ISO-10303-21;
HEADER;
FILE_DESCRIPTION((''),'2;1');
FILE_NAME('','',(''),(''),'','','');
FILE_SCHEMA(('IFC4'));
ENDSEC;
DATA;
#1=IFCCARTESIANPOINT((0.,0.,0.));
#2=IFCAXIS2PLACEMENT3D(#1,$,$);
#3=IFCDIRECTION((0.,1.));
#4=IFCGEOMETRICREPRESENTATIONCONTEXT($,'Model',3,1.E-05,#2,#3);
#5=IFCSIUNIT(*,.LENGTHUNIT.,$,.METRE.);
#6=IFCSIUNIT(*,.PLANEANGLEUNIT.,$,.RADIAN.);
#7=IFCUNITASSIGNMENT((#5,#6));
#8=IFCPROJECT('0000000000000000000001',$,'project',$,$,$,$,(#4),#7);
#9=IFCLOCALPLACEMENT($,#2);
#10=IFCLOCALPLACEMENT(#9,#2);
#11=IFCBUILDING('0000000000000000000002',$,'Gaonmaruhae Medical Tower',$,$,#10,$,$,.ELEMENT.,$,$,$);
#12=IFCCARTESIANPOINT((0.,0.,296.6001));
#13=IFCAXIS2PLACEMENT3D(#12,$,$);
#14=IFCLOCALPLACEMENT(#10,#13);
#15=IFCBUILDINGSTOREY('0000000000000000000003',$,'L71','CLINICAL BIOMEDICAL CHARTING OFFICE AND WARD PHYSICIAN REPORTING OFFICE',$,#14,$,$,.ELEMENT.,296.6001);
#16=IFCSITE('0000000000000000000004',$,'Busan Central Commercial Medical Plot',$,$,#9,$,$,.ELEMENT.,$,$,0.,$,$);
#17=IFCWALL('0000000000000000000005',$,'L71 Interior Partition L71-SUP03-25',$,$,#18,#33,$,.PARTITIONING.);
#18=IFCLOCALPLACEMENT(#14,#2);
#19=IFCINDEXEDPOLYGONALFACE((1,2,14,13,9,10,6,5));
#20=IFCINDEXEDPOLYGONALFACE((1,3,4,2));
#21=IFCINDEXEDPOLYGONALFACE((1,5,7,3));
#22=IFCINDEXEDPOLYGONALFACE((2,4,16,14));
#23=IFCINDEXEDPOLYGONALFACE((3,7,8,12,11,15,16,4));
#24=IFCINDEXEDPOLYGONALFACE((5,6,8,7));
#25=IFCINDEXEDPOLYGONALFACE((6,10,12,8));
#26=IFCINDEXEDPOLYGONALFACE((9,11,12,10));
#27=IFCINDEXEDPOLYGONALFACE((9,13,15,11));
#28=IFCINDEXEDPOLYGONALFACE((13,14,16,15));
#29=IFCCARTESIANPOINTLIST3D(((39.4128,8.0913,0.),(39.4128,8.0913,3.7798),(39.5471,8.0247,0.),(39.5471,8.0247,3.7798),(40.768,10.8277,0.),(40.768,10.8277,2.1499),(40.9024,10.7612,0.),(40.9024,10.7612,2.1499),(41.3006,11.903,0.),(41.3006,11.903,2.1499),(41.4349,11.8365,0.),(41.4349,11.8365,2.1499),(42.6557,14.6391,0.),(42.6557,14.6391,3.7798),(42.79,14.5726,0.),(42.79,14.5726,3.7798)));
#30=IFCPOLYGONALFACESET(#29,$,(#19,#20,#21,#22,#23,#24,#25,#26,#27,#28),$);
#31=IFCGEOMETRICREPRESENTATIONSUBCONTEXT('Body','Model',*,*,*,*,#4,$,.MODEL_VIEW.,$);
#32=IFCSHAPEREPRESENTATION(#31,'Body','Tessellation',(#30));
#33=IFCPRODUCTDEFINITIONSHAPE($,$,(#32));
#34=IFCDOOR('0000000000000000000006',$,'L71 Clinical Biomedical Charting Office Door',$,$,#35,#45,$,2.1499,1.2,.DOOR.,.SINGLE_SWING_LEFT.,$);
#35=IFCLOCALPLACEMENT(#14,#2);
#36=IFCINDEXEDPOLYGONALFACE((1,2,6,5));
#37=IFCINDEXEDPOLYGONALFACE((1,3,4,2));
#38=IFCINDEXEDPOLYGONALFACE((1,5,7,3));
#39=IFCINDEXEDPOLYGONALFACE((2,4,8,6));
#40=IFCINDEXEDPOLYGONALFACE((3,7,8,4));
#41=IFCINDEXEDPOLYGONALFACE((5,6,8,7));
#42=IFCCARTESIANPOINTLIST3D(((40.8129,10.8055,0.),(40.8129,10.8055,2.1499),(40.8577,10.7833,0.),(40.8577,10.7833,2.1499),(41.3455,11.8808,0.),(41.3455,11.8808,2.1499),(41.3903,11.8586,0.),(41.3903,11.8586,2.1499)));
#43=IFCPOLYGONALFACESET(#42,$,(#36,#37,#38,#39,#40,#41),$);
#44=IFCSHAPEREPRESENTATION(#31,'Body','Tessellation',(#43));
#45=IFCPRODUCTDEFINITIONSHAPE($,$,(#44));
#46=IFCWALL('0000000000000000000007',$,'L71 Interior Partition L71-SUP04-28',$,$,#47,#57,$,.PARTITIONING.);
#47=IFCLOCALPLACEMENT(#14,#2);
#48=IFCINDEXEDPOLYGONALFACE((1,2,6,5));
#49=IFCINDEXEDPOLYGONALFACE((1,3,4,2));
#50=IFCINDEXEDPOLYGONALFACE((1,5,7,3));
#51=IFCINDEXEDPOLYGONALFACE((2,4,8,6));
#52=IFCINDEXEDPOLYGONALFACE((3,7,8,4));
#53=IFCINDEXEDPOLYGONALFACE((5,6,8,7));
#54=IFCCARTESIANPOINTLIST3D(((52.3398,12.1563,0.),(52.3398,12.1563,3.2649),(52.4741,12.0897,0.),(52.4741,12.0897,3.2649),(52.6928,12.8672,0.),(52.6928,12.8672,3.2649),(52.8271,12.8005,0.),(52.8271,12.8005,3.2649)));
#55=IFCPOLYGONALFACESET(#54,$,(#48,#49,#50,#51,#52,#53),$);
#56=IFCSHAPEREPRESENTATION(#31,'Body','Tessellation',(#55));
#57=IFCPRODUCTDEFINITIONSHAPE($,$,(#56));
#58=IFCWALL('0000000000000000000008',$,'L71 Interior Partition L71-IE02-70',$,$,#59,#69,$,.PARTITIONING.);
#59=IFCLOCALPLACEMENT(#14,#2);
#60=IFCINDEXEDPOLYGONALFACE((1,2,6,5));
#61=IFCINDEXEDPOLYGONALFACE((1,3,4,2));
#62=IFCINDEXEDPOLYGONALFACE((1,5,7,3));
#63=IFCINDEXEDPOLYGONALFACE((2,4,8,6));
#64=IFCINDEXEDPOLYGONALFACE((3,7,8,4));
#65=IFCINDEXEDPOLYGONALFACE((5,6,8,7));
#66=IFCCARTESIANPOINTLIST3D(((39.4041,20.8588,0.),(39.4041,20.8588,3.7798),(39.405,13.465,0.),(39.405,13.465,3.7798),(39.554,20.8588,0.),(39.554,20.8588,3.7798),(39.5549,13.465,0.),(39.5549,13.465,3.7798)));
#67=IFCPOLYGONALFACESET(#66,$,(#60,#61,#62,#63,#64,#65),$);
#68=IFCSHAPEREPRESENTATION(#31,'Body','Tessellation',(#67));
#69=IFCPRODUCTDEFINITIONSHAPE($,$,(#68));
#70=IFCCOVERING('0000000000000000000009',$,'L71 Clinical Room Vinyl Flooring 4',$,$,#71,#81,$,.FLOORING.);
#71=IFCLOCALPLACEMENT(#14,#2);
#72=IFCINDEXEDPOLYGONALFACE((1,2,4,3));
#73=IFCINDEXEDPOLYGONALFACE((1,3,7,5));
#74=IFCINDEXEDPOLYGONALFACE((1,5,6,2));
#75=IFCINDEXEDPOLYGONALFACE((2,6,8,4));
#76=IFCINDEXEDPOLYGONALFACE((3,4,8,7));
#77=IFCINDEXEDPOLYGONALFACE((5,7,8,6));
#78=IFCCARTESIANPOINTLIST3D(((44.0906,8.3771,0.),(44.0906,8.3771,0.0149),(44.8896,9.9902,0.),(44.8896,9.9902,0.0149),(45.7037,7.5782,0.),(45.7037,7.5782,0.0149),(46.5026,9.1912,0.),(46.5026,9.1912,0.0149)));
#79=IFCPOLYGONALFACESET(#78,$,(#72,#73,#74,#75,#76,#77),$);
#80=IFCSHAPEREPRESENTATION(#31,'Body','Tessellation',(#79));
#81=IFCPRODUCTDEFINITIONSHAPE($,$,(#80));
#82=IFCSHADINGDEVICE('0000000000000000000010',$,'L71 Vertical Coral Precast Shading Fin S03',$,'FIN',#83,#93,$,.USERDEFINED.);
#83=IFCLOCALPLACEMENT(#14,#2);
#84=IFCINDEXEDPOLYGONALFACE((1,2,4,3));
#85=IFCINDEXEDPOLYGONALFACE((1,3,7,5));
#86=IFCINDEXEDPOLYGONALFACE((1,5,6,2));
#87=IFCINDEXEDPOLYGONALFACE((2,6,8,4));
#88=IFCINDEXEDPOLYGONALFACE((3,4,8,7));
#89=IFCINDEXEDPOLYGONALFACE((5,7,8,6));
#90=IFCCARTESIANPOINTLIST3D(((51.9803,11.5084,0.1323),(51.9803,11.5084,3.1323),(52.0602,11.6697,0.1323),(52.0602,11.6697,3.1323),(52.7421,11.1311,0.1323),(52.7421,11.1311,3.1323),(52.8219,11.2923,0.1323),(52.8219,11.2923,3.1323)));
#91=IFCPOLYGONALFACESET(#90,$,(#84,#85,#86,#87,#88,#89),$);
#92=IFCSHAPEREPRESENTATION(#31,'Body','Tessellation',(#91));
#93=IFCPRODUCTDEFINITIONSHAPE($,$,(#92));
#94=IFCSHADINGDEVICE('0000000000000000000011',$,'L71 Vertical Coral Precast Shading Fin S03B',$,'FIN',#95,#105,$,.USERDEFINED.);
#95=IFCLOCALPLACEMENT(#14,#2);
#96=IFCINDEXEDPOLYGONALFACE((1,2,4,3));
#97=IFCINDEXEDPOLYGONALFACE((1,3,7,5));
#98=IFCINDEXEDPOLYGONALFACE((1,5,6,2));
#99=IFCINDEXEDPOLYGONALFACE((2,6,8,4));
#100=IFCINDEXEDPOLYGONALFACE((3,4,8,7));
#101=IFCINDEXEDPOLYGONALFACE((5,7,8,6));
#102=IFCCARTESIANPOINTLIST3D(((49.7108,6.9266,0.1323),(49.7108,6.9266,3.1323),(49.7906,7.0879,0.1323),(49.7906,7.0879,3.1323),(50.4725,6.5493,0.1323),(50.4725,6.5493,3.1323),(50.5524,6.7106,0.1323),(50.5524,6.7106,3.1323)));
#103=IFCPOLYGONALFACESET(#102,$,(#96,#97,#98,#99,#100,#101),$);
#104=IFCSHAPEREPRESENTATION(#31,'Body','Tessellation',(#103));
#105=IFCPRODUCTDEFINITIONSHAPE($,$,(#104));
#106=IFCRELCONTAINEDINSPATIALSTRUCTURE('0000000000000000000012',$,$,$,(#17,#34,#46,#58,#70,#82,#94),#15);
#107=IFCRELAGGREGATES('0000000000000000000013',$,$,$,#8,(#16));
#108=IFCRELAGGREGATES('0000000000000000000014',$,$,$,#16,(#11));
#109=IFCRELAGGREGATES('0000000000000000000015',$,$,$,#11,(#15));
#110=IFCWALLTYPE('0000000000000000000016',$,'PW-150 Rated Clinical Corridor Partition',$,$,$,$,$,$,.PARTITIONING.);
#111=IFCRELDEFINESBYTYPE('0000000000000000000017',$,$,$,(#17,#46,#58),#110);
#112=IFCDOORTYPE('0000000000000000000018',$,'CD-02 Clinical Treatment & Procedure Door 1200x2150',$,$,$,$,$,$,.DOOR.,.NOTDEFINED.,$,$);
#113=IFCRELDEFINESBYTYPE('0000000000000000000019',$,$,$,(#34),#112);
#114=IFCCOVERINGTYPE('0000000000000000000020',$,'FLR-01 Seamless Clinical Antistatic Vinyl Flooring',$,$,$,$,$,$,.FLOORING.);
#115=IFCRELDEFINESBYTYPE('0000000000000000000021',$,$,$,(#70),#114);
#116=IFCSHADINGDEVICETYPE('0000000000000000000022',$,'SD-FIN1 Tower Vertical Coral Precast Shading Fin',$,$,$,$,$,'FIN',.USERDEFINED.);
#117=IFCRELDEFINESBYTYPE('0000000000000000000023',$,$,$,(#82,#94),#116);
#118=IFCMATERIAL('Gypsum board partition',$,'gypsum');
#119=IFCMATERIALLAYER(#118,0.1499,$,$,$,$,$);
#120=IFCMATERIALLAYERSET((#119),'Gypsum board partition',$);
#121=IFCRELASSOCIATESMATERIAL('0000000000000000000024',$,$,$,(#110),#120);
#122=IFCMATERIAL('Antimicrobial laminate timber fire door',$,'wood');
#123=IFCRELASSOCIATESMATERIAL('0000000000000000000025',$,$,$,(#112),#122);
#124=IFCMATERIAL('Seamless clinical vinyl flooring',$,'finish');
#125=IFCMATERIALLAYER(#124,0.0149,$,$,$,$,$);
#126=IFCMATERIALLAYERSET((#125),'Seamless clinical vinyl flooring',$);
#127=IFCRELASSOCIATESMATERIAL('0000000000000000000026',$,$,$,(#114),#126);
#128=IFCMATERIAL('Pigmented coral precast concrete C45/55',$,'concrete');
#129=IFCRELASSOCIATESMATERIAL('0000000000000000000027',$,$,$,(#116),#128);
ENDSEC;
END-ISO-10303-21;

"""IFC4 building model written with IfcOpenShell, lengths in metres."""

from ifc_helpers import new_model, si_unit, direction, frame, frame_2d, origin, origin_2d, place, context, subcontext, project, spatial, rectangle, extrude, material, layer, layer_set, type_object, element, fill, save


model = new_model("IFC4")

# Units and contexts
model_context = context("Model", 3, precision=1e-05, world=origin(), true_north=direction((0.0, 1.0)))
body_context = subcontext(model_context, "Body", "Model", "MODEL_VIEW")
ifc_project = project(units=[si_unit("LENGTHUNIT", "METRE"), si_unit("PLANEANGLEUNIT", "RADIAN")], contexts=[model_context])

# Site, building, storey
site_placement = place(None, origin())
site = spatial("IfcSite", under=ifc_project, at=site_placement, Name="Busan Central Commercial Medical Plot", CompositionType="ELEMENT", RefElevation=0.0)
building_placement = place(site_placement, origin())
building = spatial("IfcBuilding", under=site, at=building_placement, Name="Gaonmaruhae Medical Tower", CompositionType="ELEMENT")
storey_placement = place(building_placement, frame((0.0, 0.0, 296.6001)))
storey = spatial("IfcBuildingStorey", under=building, at=storey_placement, Name="L71", Description="CLINICAL BIOMEDICAL CHARTING OFFICE AND WARD PHYSICIAN REPORTING OFFICE", CompositionType="ELEMENT", Elevation=296.6001)

# Shared definitions
ifc_material_1 = material(Name="Gypsum board partition", Category="gypsum")
ifc_layer_1 = layer(ifc_material_1, 0.1499)
ifc_layer_set_1 = layer_set([ifc_layer_1], Name="Gypsum board partition")
wall_type_1 = type_object("IfcWallType", Name="PW-150 Rated Clinical Corridor Partition", PredefinedType="PARTITIONING", material=ifc_layer_set_1)

# Wall, opening, door
wall_1_placement = place(storey_placement, frame((39.48, 8.0581, 0.0), z_axis=(0.0, 0.0, 1.0), x_axis=(0.443816, 0.896118, 0.0)))
wall_1 = element("IfcWall", 1, at=wall_1_placement, inside=storey, type_object=wall_type_1, Name="L71 Interior Partition L71-SUP03-25", PredefinedType="PARTITIONING", context=body_context, shape_type="SweptSolid", body=[
    extrude(rectangle(XDim=7.3069, YDim=0.1499, at=frame_2d((3.6533, 0.0))), origin(), (0.0, 0.0, 1.0), 3.7798),
])
opening_1_placement = place(wall_1_placement, frame((3.0535, 0.0, 0.0)))
opening_1 = element("IfcOpeningElement", 2, at=opening_1_placement, cuts=wall_1, PredefinedType="OPENING", context=body_context, shape_type="SweptSolid", body=[
    extrude(rectangle(XDim=1.2, YDim=2.1499, at=frame_2d((0.6001, 1.075))), frame((0.0, 0.085, 0.0), z_axis=(0.0, -1.0, 0.0), x_axis=(1.0, 0.0, 0.0)), (0.0, 0.0, 1.0), 0.1699),
])
ifc_material_2 = material(Name="Antimicrobial laminate timber fire door", Category="wood")
door_type = type_object("IfcDoorType", Name="CD-02 Clinical Treatment & Procedure Door 1200x2150", OperationType="NOTDEFINED", PredefinedType="DOOR", material=ifc_material_2)
door_placement = place(opening_1_placement, origin())
door = element("IfcDoor", 3, at=door_placement, inside=storey, type_object=door_type, Name="L71 Clinical Biomedical Charting Office Door", OperationType="SINGLE_SWING_LEFT", OverallHeight=2.1499, OverallWidth=1.2, PredefinedType="DOOR", context=body_context, shape_type="SweptSolid", body=[
    extrude(rectangle(XDim=1.2, YDim=2.1499, at=frame_2d((0.6001, 1.075))), frame((0.0, 0.0249, 0.0), z_axis=(0.0, -1.0, 0.0), x_axis=(1.0, 0.0, 0.0)), (0.0, 0.0, 1.0), 0.05),
])
fill(opening_1, door)

# Walls
wall_2_placement = place(storey_placement, frame((52.76, 12.834, 0.0), z_axis=(0.0, 0.0, 1.0), x_axis=(-0.444751, -0.895654, 0.0)))
element("IfcWall", 4, at=wall_2_placement, inside=storey, type_object=wall_type_1, Name="L71 Interior Partition L71-SUP04-28", PredefinedType="PARTITIONING", context=body_context, shape_type="SweptSolid", body=[
    extrude(rectangle(XDim=0.7937, YDim=0.1499, at=frame_2d((0.397, 0.0))), origin(), (0.0, 0.0, 1.0), 3.2649),
])
wall_3_placement = place(storey_placement, frame((39.48, 13.4651, 0.0), z_axis=(0.0, 0.0, 1.0), x_axis=(-0.000132, 1.0, 0.0)))
element("IfcWall", 5, at=wall_3_placement, inside=storey, type_object=wall_type_1, Name="L71 Interior Partition L71-IE02-70", PredefinedType="PARTITIONING", context=body_context, shape_type="SweptSolid", body=[
    extrude(rectangle(XDim=7.3938, YDim=0.1499, at=frame_2d((3.6968, 0.0))), origin(), (0.0, 0.0, 1.0), 3.7798),
])

# Covering
ifc_material_3 = material(Name="Seamless clinical vinyl flooring", Category="finish")
ifc_layer_2 = layer(ifc_material_3, 0.0149)
ifc_layer_set_2 = layer_set([ifc_layer_2], Name="Seamless clinical vinyl flooring")
covering_type = type_object("IfcCoveringType", Name="FLR-01 Seamless Clinical Antistatic Vinyl Flooring", PredefinedType="FLOORING", material=ifc_layer_set_2)
covering_placement = place(storey_placement, frame((45.2966, 8.7842, 0.0), z_axis=(0.0, 0.0, 1.0), x_axis=(0.443853, 0.896099, 0.0)))
element("IfcCovering", 6, at=covering_placement, inside=storey, type_object=covering_type, Name="L71 Clinical Room Vinyl Flooring 4", PredefinedType="FLOORING", context=body_context, shape_type="SweptSolid", body=[
    extrude(rectangle(XDim=1.8, YDim=1.8, at=origin_2d()), origin(), (0.0, 0.0, 1.0), 0.0149),
])

# Shading devices
ifc_material_4 = material(Name="Pigmented coral precast concrete C45/55", Category="concrete")
shading_device_type = type_object("IfcShadingDeviceType", Name="SD-FIN1 Tower Vertical Coral Precast Shading Fin", ElementType="FIN", PredefinedType="USERDEFINED", material=ifc_material_4)
for number, where, z_axis, x_axis, name in (
    (7, (52.4011, 11.4004, 0.1323), (0.0, 0.0, 1.0), (-0.443853, -0.896099, 0.0), "L71 Vertical Coral Precast Shading Fin S03"),
    (8, (50.1316, 6.8186, 0.1323), (0.0, 0.0, 1.0), (-0.443853, -0.896099, 0.0), "L71 Vertical Coral Precast Shading Fin S03B"),
):
    element("IfcShadingDevice", number, at=place(storey_placement, frame(where, z_axis=z_axis, x_axis=x_axis)), inside=storey, type_object=shading_device_type, Name=name, ObjectType="FIN", PredefinedType="USERDEFINED", context=body_context, shape_type="SweptSolid", body=[
        extrude(rectangle(XDim=0.1799, YDim=0.8501, at=origin_2d()), origin(), (0.0, 0.0, 1.0), 3.0),
    ])

save(model, "model.ifc")
